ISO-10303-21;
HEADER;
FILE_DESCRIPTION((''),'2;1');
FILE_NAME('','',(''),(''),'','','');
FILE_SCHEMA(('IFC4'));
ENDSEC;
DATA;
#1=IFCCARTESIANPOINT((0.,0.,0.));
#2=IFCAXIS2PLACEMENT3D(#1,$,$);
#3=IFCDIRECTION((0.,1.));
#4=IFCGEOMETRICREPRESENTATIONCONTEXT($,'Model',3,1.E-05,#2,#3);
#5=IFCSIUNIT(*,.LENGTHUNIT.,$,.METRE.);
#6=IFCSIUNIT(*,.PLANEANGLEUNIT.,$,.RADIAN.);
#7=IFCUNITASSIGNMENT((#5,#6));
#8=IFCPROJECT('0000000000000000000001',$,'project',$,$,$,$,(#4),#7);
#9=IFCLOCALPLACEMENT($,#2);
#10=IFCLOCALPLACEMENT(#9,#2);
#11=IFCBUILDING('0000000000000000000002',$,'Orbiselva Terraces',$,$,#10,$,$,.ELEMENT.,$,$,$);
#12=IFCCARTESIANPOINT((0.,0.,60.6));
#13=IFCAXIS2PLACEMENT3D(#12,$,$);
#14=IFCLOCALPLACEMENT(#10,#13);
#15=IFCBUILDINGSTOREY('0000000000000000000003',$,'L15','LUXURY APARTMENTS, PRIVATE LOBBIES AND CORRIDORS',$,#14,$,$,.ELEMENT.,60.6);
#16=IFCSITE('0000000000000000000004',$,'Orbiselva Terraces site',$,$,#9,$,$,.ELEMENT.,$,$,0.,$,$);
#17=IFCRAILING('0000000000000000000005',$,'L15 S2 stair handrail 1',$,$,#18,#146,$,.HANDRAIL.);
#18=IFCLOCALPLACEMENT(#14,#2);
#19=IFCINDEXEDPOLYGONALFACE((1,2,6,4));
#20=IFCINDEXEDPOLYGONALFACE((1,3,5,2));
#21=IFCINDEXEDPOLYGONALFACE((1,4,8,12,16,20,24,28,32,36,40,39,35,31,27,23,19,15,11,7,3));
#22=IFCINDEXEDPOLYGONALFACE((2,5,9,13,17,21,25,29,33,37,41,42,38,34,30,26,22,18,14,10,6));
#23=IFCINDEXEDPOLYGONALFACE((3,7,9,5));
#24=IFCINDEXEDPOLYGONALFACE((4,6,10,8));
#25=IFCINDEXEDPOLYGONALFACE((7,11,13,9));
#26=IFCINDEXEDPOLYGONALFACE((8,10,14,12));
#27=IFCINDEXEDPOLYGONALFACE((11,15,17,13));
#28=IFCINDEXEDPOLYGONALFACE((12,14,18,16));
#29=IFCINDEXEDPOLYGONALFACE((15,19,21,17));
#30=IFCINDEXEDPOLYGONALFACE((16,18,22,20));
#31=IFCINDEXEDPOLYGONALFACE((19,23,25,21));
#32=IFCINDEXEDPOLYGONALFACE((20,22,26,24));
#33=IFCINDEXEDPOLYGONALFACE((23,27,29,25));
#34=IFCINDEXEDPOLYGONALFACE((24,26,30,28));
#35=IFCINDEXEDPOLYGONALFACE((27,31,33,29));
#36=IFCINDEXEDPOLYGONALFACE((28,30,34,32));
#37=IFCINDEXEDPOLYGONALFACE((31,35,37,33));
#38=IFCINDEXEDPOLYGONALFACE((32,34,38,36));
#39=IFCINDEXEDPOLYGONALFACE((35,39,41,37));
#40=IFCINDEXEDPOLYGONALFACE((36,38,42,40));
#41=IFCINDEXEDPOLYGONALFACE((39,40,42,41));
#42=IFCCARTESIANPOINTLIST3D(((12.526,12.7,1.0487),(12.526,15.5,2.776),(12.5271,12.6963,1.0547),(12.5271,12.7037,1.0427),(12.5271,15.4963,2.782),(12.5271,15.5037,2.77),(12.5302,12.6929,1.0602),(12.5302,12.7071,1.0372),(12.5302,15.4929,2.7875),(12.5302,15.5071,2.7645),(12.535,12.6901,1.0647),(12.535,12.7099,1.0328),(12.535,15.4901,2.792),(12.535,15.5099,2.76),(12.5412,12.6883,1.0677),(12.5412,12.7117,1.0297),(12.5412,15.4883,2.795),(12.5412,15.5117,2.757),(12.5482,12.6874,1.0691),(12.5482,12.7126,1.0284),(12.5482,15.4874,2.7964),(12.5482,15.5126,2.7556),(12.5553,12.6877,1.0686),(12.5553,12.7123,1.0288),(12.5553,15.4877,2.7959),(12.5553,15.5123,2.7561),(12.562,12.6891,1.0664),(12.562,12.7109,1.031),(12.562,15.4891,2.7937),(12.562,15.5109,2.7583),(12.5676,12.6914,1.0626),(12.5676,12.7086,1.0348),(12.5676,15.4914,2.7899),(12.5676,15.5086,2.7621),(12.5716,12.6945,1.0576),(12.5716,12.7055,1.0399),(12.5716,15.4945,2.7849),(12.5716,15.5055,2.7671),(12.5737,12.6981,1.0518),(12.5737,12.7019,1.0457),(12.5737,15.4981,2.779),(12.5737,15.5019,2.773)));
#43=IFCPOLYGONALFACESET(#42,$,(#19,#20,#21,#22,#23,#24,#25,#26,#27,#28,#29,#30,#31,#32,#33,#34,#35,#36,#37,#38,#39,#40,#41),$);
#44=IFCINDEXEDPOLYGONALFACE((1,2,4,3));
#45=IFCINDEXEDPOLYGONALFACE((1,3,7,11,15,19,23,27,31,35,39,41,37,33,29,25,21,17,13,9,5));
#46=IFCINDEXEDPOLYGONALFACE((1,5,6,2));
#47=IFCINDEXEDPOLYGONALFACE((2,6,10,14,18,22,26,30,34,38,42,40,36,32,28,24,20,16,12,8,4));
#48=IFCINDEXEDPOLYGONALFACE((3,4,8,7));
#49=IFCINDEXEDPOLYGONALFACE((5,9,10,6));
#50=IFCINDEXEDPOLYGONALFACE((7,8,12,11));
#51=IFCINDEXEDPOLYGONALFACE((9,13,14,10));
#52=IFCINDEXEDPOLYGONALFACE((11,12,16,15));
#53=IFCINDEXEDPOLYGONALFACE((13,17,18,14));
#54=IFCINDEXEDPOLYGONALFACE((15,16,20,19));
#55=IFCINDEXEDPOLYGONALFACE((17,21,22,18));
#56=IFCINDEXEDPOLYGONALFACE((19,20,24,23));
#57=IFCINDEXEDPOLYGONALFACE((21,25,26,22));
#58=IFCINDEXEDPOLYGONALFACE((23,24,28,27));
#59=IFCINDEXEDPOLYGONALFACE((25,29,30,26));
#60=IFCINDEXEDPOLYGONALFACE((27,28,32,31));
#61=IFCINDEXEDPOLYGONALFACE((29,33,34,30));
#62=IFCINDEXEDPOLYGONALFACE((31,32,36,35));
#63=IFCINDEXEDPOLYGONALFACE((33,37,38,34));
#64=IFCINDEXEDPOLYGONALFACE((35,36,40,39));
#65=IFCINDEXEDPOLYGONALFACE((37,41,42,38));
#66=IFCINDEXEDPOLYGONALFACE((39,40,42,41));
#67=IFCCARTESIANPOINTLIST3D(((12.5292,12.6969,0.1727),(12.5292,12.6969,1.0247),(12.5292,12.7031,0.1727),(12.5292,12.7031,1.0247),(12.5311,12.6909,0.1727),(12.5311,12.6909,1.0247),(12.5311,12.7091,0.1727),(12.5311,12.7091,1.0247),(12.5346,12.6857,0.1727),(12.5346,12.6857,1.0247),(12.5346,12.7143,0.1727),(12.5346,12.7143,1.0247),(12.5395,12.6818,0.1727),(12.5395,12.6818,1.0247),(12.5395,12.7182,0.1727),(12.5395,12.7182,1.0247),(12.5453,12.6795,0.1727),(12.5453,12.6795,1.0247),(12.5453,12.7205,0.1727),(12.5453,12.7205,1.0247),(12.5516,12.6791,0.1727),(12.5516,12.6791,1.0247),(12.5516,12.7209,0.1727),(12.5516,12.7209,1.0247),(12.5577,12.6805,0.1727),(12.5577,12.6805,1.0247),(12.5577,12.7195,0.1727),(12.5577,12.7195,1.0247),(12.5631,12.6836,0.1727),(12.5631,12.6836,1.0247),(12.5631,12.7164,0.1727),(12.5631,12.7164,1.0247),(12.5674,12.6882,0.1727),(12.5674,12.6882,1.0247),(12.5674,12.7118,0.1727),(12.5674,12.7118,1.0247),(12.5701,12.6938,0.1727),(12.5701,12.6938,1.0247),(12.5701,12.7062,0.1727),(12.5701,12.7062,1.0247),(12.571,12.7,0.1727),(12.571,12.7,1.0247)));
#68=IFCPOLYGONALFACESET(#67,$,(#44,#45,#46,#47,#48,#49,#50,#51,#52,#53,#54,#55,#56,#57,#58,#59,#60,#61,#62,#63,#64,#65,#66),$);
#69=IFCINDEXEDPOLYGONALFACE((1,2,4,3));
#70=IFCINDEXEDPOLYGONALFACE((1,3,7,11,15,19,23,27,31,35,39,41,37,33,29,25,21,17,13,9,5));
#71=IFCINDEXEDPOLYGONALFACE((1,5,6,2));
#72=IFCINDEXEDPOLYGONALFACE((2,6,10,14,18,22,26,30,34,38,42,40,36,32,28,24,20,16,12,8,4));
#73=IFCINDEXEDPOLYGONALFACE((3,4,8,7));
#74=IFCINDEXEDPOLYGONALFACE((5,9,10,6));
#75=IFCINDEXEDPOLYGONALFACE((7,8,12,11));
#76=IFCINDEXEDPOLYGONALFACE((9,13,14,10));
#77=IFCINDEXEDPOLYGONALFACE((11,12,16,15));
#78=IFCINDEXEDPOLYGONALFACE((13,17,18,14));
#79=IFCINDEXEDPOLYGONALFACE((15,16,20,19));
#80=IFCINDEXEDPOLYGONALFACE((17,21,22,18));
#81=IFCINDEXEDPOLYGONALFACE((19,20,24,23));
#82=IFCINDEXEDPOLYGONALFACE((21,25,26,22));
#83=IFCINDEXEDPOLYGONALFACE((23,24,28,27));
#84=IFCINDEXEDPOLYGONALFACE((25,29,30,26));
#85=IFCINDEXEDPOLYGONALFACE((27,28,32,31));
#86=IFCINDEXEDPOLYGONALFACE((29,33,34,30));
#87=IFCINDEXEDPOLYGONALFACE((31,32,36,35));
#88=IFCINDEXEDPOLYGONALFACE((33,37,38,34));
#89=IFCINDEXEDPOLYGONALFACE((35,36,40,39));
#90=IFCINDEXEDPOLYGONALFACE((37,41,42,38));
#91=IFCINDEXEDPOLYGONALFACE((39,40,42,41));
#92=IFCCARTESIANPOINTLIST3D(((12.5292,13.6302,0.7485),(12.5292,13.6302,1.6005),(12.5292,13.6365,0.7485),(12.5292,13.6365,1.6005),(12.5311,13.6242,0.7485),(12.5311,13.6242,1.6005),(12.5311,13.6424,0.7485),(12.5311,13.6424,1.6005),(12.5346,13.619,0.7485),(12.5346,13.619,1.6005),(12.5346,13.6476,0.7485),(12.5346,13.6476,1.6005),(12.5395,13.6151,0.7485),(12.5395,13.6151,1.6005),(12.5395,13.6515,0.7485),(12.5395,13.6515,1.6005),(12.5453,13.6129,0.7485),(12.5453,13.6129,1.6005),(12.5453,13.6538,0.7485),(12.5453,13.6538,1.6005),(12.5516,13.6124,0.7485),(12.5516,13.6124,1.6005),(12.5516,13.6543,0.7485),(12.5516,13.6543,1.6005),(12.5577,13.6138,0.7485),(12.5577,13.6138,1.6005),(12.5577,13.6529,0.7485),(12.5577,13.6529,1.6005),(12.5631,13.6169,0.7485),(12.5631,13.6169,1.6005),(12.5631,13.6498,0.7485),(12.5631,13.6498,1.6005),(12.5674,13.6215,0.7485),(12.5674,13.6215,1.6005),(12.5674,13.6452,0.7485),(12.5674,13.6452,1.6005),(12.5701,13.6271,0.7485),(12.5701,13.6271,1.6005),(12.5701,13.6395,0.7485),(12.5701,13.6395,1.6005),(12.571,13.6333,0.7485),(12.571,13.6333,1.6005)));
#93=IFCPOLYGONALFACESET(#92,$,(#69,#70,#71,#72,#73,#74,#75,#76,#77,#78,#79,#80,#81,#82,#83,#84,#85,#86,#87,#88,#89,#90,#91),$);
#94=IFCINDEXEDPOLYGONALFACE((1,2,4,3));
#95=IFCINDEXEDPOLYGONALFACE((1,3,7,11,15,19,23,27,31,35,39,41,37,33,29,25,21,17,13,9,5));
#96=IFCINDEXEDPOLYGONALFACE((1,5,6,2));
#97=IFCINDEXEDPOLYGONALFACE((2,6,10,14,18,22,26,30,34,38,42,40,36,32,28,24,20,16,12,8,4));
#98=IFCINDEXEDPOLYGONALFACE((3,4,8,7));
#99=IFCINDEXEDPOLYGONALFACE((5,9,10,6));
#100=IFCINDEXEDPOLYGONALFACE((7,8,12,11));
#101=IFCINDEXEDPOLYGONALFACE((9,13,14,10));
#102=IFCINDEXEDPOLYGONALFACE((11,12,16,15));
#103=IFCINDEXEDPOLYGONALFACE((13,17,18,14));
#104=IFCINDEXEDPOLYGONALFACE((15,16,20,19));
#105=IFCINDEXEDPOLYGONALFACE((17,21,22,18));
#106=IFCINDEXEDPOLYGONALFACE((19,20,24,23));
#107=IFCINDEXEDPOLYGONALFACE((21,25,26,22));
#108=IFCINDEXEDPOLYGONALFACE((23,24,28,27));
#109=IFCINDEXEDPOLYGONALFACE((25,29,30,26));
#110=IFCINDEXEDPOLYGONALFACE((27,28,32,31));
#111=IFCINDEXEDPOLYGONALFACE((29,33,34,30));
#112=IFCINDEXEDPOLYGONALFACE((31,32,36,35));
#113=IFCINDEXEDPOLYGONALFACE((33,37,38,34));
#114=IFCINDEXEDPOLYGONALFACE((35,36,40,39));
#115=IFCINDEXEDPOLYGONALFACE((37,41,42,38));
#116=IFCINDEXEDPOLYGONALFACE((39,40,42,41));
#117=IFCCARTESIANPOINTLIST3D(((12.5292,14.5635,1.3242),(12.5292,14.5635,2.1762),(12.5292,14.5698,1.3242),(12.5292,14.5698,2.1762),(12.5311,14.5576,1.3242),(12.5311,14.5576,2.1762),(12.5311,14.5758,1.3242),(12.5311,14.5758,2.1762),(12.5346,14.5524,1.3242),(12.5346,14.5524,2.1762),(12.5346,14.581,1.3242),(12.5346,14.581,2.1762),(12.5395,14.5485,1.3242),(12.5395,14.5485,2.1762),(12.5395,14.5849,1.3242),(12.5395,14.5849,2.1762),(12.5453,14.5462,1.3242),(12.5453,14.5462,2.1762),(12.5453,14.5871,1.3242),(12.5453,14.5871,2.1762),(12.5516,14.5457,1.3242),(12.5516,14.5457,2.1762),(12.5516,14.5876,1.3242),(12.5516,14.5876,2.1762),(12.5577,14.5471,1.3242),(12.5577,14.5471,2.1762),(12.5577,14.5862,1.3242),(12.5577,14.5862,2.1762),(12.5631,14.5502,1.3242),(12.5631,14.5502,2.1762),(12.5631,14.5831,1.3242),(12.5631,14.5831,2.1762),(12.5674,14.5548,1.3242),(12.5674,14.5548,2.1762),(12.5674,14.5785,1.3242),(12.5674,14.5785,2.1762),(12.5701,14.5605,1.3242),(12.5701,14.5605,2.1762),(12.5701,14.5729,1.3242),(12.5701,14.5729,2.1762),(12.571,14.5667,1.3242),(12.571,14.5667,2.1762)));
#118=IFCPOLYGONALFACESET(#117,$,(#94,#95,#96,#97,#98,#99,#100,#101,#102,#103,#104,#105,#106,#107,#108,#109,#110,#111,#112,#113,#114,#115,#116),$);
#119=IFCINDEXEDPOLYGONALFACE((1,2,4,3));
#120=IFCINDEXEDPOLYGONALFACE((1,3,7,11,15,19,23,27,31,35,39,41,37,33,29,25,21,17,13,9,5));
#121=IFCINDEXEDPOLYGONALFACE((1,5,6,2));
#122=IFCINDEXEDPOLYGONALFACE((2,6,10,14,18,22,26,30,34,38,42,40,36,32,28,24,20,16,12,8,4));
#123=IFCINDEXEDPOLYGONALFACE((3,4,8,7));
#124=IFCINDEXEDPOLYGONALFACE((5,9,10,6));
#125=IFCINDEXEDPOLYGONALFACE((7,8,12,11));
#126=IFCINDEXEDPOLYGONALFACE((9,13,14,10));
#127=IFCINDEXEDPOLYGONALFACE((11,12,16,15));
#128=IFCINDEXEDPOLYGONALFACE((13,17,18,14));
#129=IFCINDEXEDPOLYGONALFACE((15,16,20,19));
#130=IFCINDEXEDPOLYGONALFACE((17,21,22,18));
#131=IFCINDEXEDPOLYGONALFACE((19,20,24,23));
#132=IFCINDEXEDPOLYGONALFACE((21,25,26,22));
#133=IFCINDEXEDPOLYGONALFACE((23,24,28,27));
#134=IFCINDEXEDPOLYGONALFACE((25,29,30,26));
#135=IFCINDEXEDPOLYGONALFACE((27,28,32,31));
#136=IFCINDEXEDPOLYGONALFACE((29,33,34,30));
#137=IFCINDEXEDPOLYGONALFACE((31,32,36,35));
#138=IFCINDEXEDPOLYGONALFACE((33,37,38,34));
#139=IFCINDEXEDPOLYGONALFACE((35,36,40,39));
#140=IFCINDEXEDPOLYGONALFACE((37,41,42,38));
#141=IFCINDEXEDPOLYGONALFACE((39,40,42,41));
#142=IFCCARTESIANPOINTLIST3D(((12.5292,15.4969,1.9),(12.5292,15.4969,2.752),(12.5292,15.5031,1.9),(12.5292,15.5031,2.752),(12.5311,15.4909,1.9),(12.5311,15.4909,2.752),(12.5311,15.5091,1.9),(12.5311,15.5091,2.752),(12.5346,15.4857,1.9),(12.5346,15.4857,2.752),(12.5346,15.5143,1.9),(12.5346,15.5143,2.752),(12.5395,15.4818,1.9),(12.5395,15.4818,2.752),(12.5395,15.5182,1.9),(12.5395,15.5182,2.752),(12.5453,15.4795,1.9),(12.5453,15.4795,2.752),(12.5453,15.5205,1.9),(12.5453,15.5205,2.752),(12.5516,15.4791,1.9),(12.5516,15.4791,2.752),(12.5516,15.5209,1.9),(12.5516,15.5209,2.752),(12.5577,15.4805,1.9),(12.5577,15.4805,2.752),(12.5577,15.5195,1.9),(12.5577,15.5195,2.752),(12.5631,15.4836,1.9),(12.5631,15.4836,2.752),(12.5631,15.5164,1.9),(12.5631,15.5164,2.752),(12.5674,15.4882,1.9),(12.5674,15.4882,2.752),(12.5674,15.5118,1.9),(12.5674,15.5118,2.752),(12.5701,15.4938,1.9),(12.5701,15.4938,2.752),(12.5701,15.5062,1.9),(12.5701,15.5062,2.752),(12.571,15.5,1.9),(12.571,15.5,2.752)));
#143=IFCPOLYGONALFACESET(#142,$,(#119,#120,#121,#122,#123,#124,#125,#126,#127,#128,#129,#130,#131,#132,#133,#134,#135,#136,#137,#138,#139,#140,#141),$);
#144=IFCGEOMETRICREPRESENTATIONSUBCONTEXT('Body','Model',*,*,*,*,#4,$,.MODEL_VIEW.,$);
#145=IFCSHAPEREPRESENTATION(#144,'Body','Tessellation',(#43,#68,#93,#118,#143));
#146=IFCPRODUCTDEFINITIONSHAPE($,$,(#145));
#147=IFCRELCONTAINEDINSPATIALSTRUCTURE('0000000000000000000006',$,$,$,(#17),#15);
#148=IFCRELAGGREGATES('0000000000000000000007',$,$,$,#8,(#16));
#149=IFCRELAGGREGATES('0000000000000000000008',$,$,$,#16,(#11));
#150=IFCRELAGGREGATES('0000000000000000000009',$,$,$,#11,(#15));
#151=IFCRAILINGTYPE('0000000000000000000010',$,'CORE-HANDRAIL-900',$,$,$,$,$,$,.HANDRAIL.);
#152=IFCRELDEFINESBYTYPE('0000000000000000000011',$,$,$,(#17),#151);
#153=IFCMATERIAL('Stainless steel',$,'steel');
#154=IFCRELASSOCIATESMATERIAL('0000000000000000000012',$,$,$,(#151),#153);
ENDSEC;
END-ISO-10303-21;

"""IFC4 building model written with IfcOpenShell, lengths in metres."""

from ifc_helpers import new_model, si_unit, direction, frame, origin, origin_2d, place, context, subcontext, project, spatial, circle, extrude, material, type_object, element, save


model = new_model("IFC4")

# Units and contexts
model_context = context("Model", 3, precision=1e-05, world=origin(), true_north=direction((0.0, 1.0)))
body_context = subcontext(model_context, "Body", "Model", "MODEL_VIEW")
ifc_project = project(units=[si_unit("LENGTHUNIT", "METRE"), si_unit("PLANEANGLEUNIT", "RADIAN")], contexts=[model_context])

# Site, building, storey
site_placement = place(None, origin())
site = spatial("IfcSite", under=ifc_project, at=site_placement, Name="Orbiselva Terraces site", CompositionType="ELEMENT", RefElevation=0.0)
building_placement = place(site_placement, origin())
building = spatial("IfcBuilding", under=site, at=building_placement, Name="Orbiselva Terraces", CompositionType="ELEMENT")
storey_placement = place(building_placement, frame((0.0, 0.0, 60.6)))
storey = spatial("IfcBuildingStorey", under=building, at=storey_placement, Name="L15", Description="LUXURY APARTMENTS, PRIVATE LOBBIES AND CORRIDORS", CompositionType="ELEMENT", Elevation=60.6)

# Railing
ifc_material_1 = material(Name="Stainless steel", Category="steel")
railing_type_1 = type_object("IfcRailingType", Name="CORE-HANDRAIL-900", PredefinedType="HANDRAIL", material=ifc_material_1)
railing_1_placement = place(storey_placement, frame((12.55, 12.7, 0.1727)))
element("IfcRailing", 1, at=railing_1_placement, inside=storey, type_object=railing_type_1, Name="L15 S2 stair handrail 1", PredefinedType="HANDRAIL", context=body_context, shape_type="SweptSolid", body=[
    extrude(circle(Radius=0.024, at=origin_2d()), frame((0.0, 0.0, 0.876), z_axis=(0.0, 0.851089, 0.525022), x_axis=(-1.0, 0.0, 0.0)), (0.0, 0.0, 1.0), 3.2899),
    extrude(circle(Radius=0.021, at=origin_2d()), origin(), (0.0, 0.0, 1.0), 0.852),
    extrude(circle(Radius=0.021, at=origin_2d()), frame((0.0, 0.9333, 0.5758)), (0.0, 0.0, 1.0), 0.852),
    extrude(circle(Radius=0.021, at=origin_2d()), frame((0.0, 1.8667, 1.1515)), (0.0, 0.0, 1.0), 0.852),
    extrude(circle(Radius=0.021, at=origin_2d()), frame((0.0, 2.8, 1.7273)), (0.0, 0.0, 1.0), 0.852),
])

save(model, "model.ifc")
